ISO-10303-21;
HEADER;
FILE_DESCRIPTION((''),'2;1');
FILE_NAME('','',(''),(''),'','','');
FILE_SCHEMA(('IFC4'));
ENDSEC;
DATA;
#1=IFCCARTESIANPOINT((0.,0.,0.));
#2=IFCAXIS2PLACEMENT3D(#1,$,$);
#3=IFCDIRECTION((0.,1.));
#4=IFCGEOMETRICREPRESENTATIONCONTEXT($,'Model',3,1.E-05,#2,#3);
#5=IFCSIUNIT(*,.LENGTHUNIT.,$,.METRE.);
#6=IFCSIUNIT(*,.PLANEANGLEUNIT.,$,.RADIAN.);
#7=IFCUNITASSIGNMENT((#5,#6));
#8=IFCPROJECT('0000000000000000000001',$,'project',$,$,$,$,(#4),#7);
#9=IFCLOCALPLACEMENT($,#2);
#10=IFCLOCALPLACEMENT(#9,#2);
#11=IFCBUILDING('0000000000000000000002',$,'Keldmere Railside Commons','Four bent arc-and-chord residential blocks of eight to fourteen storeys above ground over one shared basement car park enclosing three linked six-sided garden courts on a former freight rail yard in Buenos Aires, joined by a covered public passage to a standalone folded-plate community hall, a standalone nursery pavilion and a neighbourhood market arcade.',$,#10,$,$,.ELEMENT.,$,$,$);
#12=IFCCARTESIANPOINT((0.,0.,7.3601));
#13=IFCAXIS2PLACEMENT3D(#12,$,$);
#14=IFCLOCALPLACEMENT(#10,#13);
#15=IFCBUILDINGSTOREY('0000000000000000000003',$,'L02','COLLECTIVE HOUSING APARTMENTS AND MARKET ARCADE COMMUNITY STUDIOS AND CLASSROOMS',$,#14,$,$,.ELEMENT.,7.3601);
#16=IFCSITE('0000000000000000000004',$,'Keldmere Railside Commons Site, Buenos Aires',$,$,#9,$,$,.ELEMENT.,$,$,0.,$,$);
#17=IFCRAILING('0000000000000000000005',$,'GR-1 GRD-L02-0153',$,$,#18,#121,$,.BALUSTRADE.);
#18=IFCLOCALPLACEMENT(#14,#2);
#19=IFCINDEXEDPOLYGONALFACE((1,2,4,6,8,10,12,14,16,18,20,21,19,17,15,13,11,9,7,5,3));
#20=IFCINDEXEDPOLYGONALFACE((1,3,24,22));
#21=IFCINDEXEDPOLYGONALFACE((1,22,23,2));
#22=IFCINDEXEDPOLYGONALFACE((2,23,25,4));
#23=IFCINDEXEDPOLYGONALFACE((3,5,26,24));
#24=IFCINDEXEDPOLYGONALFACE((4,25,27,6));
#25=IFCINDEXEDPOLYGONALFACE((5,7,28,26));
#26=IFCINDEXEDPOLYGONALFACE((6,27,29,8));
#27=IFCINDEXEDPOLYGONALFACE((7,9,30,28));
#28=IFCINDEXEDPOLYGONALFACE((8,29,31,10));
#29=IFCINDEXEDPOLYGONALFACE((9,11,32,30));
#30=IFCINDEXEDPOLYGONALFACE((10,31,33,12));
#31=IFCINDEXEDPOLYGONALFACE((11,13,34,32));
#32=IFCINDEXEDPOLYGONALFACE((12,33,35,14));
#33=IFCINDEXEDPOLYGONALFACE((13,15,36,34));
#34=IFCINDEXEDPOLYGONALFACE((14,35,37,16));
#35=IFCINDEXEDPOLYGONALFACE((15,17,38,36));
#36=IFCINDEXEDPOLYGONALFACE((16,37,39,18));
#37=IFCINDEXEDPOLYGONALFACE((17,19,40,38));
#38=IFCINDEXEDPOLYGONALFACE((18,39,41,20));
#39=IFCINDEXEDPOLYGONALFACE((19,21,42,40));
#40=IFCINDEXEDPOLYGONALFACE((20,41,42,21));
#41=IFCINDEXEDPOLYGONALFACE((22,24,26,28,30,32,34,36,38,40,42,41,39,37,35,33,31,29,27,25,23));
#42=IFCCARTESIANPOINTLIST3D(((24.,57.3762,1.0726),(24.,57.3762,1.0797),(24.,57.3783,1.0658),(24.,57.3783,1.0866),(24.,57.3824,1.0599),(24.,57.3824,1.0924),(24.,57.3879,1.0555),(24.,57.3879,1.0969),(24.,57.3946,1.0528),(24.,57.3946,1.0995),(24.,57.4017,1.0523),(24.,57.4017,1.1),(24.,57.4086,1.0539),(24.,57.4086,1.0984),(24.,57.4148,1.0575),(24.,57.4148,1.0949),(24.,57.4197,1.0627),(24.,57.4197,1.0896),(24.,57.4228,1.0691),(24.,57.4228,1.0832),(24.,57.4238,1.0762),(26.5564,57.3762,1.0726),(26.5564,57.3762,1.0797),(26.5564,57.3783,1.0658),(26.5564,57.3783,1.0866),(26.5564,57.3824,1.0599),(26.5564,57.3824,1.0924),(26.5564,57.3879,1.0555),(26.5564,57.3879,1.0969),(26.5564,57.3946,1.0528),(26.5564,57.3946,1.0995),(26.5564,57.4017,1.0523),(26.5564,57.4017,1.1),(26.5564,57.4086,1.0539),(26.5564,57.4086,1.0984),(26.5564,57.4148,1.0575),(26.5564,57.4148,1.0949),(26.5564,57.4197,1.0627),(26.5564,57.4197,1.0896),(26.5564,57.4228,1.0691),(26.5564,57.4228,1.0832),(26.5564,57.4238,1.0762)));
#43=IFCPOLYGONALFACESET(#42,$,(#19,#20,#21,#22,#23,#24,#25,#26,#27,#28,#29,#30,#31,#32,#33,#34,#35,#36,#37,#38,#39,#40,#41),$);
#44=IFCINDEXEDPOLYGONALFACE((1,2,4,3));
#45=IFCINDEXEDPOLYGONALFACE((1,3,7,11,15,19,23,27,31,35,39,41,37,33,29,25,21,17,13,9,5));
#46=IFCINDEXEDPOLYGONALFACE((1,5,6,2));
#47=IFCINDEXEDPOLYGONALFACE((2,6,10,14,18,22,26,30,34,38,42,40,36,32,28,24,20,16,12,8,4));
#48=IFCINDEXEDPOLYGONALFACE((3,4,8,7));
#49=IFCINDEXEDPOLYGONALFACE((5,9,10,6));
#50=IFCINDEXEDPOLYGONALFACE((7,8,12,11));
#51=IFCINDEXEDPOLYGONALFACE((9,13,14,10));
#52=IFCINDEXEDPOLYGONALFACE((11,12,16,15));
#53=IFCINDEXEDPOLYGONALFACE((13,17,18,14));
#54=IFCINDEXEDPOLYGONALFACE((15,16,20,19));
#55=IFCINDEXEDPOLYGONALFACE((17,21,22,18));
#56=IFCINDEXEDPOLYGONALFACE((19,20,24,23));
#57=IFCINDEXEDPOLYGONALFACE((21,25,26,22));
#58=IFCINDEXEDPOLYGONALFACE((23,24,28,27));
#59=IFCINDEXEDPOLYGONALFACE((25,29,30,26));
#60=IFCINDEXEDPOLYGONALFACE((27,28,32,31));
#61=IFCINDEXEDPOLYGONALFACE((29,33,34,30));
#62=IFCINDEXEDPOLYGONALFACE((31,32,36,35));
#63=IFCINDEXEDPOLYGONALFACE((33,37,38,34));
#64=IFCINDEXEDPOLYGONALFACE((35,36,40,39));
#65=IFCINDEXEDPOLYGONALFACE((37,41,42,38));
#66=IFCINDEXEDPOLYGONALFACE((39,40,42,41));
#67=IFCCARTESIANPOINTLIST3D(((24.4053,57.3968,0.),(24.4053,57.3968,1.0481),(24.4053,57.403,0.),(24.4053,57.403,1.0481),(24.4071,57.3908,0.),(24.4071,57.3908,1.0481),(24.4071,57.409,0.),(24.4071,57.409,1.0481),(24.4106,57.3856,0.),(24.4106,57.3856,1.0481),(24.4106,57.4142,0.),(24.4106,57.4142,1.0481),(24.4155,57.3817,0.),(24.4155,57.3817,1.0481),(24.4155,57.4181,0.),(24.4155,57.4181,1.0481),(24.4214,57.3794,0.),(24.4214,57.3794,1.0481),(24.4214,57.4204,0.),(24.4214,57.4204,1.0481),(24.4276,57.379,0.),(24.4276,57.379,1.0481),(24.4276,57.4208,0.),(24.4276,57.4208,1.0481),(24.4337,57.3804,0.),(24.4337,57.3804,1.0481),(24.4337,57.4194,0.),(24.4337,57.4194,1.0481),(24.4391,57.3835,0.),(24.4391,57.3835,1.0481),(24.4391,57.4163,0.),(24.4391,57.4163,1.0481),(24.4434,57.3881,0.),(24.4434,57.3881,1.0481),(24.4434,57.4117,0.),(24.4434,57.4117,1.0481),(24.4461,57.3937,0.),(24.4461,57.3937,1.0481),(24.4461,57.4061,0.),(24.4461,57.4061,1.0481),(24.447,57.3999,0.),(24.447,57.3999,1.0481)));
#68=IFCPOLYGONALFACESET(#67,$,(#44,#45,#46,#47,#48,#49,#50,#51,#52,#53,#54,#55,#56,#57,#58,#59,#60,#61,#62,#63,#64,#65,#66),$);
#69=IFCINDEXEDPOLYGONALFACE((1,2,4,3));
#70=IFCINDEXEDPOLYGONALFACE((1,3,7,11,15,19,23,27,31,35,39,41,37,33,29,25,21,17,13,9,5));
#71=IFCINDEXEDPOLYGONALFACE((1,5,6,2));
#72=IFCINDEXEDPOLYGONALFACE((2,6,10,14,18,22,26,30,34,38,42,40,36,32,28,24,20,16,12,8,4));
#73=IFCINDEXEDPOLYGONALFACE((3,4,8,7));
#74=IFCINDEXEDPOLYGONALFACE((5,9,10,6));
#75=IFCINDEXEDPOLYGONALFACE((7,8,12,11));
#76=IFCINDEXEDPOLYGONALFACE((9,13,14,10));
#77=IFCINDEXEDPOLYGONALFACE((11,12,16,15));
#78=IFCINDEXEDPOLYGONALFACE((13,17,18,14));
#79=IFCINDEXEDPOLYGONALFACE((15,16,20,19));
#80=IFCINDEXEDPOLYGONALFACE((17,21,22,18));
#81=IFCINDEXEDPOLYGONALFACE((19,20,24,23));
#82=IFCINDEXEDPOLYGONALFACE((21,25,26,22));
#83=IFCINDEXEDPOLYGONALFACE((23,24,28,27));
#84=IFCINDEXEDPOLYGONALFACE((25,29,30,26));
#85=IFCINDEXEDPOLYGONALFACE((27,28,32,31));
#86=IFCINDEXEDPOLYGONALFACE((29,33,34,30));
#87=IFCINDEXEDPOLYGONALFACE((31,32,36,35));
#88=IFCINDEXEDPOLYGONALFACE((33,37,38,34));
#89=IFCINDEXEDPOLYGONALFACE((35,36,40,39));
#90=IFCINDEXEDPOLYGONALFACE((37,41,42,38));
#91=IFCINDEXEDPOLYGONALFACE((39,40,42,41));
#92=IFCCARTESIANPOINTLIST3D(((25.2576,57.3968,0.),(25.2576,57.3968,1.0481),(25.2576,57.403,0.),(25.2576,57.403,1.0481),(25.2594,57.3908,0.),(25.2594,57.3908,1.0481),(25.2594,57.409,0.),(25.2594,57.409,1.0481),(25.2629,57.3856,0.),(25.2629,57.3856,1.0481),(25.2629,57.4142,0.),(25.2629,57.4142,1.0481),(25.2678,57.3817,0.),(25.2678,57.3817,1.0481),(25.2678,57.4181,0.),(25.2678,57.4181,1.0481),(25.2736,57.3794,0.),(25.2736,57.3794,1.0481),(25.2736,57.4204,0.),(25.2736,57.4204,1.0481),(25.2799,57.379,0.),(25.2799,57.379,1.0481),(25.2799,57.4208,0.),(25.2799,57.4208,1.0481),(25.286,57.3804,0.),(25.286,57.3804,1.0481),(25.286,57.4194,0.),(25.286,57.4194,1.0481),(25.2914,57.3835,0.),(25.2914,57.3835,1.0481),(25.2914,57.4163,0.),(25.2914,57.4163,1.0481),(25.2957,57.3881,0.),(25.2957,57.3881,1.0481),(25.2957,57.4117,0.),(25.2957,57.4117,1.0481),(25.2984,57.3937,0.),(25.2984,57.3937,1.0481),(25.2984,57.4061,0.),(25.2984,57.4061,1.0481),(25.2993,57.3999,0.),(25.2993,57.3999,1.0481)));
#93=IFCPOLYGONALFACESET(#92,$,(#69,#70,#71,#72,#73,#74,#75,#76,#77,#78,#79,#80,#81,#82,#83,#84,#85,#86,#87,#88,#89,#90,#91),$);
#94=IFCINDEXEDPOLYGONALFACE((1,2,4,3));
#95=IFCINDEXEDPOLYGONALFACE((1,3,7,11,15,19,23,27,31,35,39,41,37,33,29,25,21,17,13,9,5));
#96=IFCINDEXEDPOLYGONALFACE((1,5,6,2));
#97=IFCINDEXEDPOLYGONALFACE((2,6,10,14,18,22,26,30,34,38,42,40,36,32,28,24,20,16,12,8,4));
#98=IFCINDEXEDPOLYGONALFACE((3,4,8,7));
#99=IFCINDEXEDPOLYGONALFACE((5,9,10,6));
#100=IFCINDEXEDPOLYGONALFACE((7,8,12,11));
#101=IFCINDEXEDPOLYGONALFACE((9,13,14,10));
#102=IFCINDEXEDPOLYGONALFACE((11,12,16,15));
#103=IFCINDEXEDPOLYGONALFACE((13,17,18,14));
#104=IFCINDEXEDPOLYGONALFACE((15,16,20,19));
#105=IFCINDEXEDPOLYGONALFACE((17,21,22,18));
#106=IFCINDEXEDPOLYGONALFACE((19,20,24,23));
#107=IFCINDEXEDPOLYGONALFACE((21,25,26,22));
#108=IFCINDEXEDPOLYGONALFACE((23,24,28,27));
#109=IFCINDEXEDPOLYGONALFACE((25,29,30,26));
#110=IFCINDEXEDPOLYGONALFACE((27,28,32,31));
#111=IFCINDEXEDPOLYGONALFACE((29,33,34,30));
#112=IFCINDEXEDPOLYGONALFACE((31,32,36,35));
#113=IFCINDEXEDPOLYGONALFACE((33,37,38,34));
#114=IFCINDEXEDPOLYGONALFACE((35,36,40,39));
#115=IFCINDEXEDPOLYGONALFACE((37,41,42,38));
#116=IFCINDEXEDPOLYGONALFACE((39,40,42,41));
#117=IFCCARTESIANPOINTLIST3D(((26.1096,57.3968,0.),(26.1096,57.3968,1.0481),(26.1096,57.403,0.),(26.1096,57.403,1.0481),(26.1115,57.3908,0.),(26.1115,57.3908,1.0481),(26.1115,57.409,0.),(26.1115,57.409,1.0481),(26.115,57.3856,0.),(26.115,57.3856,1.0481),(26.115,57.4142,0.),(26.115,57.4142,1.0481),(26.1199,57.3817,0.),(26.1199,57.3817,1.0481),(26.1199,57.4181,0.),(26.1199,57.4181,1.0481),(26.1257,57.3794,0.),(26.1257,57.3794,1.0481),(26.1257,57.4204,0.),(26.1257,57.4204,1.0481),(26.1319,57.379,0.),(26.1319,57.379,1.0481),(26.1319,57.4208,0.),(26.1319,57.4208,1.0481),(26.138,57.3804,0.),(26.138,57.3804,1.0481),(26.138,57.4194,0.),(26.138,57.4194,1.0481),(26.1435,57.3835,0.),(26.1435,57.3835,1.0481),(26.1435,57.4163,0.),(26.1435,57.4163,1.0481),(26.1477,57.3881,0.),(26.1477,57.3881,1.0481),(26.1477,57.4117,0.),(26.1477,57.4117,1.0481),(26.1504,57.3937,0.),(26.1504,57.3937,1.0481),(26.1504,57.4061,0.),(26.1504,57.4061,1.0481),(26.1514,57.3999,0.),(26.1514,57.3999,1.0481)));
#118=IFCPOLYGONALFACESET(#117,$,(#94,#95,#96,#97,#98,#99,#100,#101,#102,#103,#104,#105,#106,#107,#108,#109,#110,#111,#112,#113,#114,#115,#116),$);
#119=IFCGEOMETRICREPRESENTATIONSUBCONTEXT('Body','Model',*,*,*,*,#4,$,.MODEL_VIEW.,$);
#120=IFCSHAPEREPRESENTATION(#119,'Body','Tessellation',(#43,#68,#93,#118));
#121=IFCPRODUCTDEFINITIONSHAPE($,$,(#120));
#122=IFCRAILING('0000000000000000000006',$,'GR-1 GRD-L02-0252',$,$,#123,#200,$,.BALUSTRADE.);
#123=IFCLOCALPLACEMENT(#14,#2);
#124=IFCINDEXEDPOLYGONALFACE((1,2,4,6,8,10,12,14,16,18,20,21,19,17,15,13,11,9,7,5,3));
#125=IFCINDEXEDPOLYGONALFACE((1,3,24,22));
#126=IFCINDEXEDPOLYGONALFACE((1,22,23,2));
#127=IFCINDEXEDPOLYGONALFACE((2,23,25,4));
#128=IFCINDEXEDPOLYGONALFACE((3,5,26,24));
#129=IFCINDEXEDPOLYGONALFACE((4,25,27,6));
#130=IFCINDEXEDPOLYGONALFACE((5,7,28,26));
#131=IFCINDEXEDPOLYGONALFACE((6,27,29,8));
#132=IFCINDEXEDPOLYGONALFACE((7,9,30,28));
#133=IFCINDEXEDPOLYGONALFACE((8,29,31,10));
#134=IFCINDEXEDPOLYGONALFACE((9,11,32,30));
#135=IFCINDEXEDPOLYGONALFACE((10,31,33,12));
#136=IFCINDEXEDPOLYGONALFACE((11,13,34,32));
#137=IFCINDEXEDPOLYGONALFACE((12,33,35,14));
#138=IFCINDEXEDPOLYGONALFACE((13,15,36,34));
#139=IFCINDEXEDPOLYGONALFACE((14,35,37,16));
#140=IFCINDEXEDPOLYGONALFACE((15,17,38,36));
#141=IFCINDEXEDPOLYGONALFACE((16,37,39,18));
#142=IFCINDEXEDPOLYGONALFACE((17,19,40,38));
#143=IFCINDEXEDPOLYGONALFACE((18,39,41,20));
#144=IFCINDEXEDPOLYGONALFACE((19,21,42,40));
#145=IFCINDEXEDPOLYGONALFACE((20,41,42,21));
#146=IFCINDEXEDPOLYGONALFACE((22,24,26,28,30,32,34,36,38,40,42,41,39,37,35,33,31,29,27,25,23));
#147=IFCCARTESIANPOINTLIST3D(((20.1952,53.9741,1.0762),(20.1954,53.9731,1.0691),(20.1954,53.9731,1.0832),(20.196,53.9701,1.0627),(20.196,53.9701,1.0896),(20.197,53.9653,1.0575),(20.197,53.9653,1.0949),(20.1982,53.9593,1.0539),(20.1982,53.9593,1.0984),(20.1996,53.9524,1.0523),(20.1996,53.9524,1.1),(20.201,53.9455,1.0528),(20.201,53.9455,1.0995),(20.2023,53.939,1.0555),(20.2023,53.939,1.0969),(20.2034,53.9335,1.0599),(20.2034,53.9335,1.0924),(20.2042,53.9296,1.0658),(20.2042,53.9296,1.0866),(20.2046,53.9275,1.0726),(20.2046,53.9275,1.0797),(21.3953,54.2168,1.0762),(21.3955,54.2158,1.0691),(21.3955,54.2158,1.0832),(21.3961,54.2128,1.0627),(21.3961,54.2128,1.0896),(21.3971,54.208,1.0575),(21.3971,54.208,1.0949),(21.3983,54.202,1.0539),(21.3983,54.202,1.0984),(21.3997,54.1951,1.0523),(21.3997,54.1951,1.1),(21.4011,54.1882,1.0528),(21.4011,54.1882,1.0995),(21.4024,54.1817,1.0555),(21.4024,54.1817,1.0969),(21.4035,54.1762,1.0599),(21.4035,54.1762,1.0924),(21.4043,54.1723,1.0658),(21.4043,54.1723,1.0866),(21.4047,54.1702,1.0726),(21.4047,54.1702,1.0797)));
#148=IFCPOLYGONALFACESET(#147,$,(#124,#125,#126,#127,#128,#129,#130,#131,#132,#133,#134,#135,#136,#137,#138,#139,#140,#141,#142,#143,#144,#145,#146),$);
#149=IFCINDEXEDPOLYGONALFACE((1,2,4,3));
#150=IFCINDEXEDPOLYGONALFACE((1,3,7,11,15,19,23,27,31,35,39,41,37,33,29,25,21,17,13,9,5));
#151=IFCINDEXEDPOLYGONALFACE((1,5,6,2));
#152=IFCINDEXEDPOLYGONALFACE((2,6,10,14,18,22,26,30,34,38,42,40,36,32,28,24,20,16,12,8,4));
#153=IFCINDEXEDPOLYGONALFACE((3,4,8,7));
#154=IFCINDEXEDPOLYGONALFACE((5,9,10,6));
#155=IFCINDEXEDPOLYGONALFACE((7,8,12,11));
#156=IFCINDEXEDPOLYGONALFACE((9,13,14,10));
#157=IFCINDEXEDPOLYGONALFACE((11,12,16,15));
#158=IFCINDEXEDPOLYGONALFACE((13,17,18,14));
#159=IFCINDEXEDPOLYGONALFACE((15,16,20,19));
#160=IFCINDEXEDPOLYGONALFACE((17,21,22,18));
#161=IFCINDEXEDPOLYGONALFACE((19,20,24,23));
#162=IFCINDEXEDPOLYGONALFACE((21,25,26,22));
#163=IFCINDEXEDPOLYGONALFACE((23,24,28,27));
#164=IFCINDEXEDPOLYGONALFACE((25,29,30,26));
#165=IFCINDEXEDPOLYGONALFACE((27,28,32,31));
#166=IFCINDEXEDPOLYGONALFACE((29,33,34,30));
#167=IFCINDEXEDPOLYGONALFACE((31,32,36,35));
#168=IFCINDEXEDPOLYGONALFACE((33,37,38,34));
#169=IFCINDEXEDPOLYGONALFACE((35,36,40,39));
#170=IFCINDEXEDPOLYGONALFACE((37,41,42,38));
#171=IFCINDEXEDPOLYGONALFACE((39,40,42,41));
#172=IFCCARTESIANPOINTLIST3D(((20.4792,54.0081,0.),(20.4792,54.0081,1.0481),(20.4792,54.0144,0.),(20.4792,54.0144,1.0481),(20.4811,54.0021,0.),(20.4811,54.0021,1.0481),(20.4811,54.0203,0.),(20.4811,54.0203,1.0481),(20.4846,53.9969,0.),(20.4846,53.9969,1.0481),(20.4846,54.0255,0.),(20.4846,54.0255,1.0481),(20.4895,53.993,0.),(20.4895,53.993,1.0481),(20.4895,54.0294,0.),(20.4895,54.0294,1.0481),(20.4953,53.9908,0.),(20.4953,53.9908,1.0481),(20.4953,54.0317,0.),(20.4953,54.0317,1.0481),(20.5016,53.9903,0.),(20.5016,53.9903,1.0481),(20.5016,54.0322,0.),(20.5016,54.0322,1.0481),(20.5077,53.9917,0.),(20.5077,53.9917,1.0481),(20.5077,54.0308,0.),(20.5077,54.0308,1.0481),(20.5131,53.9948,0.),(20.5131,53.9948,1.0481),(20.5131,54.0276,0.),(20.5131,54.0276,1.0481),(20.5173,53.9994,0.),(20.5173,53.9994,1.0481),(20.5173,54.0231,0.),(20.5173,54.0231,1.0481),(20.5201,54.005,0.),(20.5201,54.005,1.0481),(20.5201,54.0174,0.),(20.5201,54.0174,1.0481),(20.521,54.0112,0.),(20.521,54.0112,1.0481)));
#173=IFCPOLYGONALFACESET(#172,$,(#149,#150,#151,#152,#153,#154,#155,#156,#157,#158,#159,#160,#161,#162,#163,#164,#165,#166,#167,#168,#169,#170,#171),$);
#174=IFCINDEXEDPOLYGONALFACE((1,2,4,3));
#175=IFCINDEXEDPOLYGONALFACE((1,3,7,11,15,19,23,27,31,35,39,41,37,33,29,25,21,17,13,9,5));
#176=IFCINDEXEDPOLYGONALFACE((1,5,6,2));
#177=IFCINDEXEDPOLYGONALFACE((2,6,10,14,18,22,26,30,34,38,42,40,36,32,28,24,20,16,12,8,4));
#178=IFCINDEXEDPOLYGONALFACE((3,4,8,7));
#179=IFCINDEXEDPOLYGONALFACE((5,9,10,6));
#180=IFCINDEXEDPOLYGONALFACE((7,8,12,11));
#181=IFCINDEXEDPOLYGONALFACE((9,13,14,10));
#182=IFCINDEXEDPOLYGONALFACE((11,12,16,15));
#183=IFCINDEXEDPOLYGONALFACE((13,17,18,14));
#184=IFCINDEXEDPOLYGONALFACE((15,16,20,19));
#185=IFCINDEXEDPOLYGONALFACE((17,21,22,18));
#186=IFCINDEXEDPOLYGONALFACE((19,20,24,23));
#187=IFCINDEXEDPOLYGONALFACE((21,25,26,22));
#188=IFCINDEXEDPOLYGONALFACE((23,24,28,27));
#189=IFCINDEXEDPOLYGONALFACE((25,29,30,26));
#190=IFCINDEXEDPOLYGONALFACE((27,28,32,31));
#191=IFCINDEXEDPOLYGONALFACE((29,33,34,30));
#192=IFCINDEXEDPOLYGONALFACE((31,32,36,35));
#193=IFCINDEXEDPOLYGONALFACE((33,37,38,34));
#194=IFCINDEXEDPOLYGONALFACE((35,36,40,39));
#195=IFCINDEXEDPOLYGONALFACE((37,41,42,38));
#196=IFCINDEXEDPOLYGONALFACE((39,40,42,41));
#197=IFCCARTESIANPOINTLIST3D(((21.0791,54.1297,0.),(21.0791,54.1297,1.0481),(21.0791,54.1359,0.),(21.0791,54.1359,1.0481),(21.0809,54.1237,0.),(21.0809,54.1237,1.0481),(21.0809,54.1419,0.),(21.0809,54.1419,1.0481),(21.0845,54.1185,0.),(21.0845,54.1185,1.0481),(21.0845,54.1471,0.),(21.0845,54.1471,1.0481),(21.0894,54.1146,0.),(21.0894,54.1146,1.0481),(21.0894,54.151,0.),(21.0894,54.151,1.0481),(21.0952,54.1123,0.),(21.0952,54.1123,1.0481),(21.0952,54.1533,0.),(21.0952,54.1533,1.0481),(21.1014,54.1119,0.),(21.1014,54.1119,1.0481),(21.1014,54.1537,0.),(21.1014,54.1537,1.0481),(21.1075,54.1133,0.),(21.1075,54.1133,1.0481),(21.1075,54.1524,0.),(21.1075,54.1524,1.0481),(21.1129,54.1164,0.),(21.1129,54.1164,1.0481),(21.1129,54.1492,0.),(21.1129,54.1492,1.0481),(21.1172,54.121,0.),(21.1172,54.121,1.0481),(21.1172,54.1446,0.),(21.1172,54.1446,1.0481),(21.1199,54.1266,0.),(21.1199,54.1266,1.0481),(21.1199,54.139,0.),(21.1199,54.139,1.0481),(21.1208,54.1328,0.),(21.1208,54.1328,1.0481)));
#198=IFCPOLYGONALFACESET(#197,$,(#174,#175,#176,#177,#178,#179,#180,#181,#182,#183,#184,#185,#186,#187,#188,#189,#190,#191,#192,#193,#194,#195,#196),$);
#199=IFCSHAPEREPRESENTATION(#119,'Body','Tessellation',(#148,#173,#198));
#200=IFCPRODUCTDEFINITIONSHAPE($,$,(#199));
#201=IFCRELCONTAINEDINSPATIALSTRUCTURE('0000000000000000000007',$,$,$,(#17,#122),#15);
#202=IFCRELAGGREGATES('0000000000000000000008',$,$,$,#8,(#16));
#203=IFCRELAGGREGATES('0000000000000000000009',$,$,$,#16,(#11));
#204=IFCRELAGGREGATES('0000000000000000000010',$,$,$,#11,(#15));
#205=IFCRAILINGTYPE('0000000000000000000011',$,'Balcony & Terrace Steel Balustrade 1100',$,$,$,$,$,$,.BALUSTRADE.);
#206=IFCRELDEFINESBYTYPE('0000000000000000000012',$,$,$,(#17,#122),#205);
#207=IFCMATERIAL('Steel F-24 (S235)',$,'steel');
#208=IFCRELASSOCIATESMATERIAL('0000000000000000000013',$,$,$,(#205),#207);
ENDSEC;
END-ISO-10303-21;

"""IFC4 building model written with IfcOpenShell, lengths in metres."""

from ifc_helpers import new_model, si_unit, direction, frame, origin, origin_2d, place, context, subcontext, project, spatial, circle, extrude, material, type_object, element, save


model = new_model("IFC4")

# Units and contexts
model_context = context("Model", 3, precision=1e-05, world=origin(), true_north=direction((0.0, 1.0)))
body_context = subcontext(model_context, "Body", "Model", "MODEL_VIEW")
ifc_project = project(units=[si_unit("LENGTHUNIT", "METRE"), si_unit("PLANEANGLEUNIT", "RADIAN")], contexts=[model_context])

# Site, building, storey
site_placement = place(None, origin())
site = spatial("IfcSite", under=ifc_project, at=site_placement, Name="Keldmere Railside Commons Site, Buenos Aires", CompositionType="ELEMENT", RefElevation=0.0)
building_placement = place(site_placement, origin())
building = spatial("IfcBuilding", under=site, at=building_placement, Name="Keldmere Railside Commons", Description="Four bent arc-and-chord residential blocks of eight to fourteen storeys above ground over one shared basement car park enclosing three linked six-sided garden courts on a former freight rail yard in Buenos Aires, joined by a covered public passage to a standalone folded-plate community hall, a standalone nursery pavilion and a neighbourhood market arcade.", CompositionType="ELEMENT")
storey_placement = place(building_placement, frame((0.0, 0.0, 7.3601)))
storey = spatial("IfcBuildingStorey", under=building, at=storey_placement, Name="L02", Description="COLLECTIVE HOUSING APARTMENTS AND MARKET ARCADE COMMUNITY STUDIOS AND CLASSROOMS", CompositionType="ELEMENT", Elevation=7.3601)

# Railings
ifc_material_1 = material(Name="Steel F-24 (S235)", Category="steel")
railing_type = type_object("IfcRailingType", Name="Balcony & Terrace Steel Balustrade 1100", PredefinedType="BALUSTRADE", material=ifc_material_1)
railing_1_placement = place(storey_placement, frame((24.0, 57.3999, 0.0)))
element("IfcRailing", 1, at=railing_1_placement, inside=storey, type_object=railing_type, Name="GR-1 GRD-L02-0153", PredefinedType="BALUSTRADE", context=body_context, shape_type="SweptSolid", body=[
    extrude(circle(Radius=0.0239, at=origin_2d()), frame((0.0, 0.0, 1.0762), z_axis=(1.0, 0.0, 0.0), x_axis=(0.0, 1.0, 0.0)), (0.0, 0.0, 1.0), 2.5564),
    extrude(circle(Radius=0.021, at=origin_2d()), frame((0.426, 0.0, 0.0)), (0.0, 0.0, 1.0), 1.0481),
    extrude(circle(Radius=0.021, at=origin_2d()), frame((1.2783, 0.0, 0.0)), (0.0, 0.0, 1.0), 1.0481),
    extrude(circle(Radius=0.021, at=origin_2d()), frame((2.1304, 0.0, 0.0)), (0.0, 0.0, 1.0), 1.0481),
])
railing_2_placement = place(storey_placement, frame((20.2, 53.9507, 0.0)))
element("IfcRailing", 2, at=railing_2_placement, inside=storey, type_object=railing_type, Name="GR-1 GRD-L02-0252", PredefinedType="BALUSTRADE", context=body_context, shape_type="SweptSolid", body=[
    extrude(circle(Radius=0.0239, at=origin_2d()), frame((0.0, 0.0, 1.0762), z_axis=(0.980157, 0.198225, 0.0), x_axis=(-0.198225, 0.980157, 0.0)), (0.0, 0.0, 1.0), 1.2244),
    extrude(circle(Radius=0.021, at=origin_2d()), frame((0.3, 0.0605, 0.0)), (0.0, 0.0, 1.0), 1.0481),
    extrude(circle(Radius=0.021, at=origin_2d()), frame((0.8999, 0.1821, 0.0)), (0.0, 0.0, 1.0), 1.0481),
])

save(model, "model.ifc")
